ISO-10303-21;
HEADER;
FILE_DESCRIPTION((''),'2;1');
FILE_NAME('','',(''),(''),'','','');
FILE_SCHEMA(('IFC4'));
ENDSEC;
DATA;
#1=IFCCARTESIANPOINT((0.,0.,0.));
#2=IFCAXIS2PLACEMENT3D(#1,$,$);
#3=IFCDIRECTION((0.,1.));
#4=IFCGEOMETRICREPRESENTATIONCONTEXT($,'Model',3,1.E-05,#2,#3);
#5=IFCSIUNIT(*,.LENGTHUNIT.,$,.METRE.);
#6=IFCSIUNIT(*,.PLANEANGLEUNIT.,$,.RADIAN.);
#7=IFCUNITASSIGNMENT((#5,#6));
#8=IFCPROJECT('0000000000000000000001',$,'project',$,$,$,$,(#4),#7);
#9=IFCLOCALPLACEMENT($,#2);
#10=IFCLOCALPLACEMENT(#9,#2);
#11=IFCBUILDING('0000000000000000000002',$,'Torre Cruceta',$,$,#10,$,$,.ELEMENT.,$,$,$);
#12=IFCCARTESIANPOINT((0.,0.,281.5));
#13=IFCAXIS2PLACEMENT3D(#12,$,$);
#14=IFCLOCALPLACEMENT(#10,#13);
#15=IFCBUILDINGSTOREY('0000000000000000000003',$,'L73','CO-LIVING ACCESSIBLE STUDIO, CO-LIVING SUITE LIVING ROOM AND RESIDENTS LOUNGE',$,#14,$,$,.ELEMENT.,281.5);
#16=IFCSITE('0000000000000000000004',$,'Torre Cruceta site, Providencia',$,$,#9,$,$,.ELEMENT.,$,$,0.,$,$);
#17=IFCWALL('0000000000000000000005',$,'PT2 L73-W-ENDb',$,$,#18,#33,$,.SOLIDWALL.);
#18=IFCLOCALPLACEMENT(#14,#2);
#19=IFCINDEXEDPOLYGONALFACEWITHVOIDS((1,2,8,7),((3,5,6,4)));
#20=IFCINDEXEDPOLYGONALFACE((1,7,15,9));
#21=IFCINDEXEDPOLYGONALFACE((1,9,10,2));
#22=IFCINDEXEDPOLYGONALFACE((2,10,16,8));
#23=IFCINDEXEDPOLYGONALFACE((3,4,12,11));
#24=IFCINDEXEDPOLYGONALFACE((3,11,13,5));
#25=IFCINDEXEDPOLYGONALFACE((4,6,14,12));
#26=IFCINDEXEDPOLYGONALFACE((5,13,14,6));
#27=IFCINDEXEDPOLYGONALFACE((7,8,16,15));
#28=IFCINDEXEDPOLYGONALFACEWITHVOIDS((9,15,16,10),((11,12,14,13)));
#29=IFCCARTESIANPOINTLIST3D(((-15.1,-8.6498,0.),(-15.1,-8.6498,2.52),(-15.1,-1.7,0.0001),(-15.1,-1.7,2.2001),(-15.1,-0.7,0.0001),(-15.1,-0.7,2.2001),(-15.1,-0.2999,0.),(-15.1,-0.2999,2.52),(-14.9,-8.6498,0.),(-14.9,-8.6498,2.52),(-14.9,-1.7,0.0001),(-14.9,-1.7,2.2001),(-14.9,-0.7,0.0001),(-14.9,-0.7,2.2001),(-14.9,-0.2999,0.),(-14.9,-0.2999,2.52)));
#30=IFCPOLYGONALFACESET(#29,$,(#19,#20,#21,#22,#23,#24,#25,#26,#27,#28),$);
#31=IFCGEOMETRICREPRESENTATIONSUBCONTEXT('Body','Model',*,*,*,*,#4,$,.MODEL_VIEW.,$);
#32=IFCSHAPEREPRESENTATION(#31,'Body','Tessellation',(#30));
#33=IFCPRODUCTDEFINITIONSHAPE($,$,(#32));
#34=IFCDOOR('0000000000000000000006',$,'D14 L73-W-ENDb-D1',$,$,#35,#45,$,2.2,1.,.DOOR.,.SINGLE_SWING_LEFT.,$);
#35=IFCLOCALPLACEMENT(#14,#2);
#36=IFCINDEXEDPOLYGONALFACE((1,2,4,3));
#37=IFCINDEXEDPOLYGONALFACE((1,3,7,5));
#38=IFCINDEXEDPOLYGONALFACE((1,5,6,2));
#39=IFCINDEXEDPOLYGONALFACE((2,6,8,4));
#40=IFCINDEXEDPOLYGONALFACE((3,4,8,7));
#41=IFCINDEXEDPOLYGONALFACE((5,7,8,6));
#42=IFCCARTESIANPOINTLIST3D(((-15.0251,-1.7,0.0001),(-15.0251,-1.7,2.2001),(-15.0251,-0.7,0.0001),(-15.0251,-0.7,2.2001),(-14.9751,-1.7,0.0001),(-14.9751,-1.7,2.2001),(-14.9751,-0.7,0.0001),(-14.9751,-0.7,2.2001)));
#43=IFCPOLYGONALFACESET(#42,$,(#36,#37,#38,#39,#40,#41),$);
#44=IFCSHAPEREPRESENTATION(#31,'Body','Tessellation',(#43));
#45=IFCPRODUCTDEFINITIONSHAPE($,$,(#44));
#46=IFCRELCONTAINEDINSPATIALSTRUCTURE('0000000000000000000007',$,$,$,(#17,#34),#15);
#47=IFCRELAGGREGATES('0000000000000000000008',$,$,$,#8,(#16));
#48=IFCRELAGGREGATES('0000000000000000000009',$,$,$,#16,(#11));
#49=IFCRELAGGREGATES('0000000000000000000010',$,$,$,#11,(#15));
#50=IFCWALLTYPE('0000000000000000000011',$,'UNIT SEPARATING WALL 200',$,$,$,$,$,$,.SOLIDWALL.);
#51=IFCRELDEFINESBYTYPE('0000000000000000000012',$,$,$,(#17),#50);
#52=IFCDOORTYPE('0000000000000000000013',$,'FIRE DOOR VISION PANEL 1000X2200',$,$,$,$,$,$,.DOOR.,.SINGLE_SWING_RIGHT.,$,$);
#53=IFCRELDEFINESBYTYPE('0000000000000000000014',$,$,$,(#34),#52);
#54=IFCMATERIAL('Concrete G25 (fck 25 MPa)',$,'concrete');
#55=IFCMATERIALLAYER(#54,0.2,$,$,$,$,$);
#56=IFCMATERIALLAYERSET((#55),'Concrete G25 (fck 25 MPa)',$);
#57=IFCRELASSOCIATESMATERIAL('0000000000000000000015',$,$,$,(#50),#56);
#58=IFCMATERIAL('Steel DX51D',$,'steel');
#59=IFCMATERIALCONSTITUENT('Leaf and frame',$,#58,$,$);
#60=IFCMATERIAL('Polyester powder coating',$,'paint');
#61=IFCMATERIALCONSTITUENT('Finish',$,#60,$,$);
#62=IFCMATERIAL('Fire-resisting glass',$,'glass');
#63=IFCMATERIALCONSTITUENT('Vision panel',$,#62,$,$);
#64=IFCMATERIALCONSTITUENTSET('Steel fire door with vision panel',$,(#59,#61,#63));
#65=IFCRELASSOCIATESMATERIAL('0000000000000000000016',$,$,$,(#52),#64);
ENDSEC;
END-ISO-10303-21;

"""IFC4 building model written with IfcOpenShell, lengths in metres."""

from ifc_helpers import new_model, si_unit, direction, frame, frame_2d, origin, place, context, subcontext, project, spatial, rectangle, extrude, material, layer, layer_set, constituent, constituent_set, type_object, element, fill, save


model = new_model("IFC4")

# Units and contexts
model_context = context("Model", 3, precision=1e-05, world=origin(), true_north=direction((0.0, 1.0)))
body_context = subcontext(model_context, "Body", "Model", "MODEL_VIEW")
ifc_project = project(units=[si_unit("LENGTHUNIT", "METRE"), si_unit("PLANEANGLEUNIT", "RADIAN")], contexts=[model_context])

# Site, building, storey
site_placement = place(None, origin())
site = spatial("IfcSite", under=ifc_project, at=site_placement, Name="Torre Cruceta site, Providencia", CompositionType="ELEMENT", RefElevation=0.0)
building_placement = place(site_placement, origin())
building = spatial("IfcBuilding", under=site, at=building_placement, Name="Torre Cruceta", CompositionType="ELEMENT")
storey_placement = place(building_placement, frame((0.0, 0.0, 281.5)))
storey = spatial("IfcBuildingStorey", under=building, at=storey_placement, Name="L73", Description="CO-LIVING ACCESSIBLE STUDIO, CO-LIVING SUITE LIVING ROOM AND RESIDENTS LOUNGE", CompositionType="ELEMENT", Elevation=281.5)

# Wall, opening, door
ifc_material_1 = material(Name="Concrete G25 (fck 25 MPa)", Category="concrete")
ifc_layer_1 = layer(ifc_material_1, 0.2)
ifc_layer_set_1 = layer_set([ifc_layer_1], Name="Concrete G25 (fck 25 MPa)")
wall_type_1 = type_object("IfcWallType", Name="UNIT SEPARATING WALL 200", PredefinedType="SOLIDWALL", material=ifc_layer_set_1)
wall_1_placement = place(storey_placement, frame((-15.0, -0.3, 0.0), z_axis=(0.0, 0.0, 1.0), x_axis=(0.0, -1.0, 0.0)))
wall_1 = element("IfcWall", 1, at=wall_1_placement, inside=storey, type_object=wall_type_1, Name="PT2 L73-W-ENDb", PredefinedType="SOLIDWALL", context=body_context, shape_type="SweptSolid", body=[
    extrude(rectangle(XDim=8.3499, YDim=0.2, at=frame_2d((4.1748, 0.0))), origin(), (0.0, 0.0, 1.0), 2.52),
])
opening_1_placement = place(wall_1_placement, frame((0.3999, 0.0, 0.0)))
opening_1 = element("IfcOpeningElement", 2, at=opening_1_placement, cuts=wall_1, PredefinedType="OPENING", context=body_context, shape_type="SweptSolid", body=[
    extrude(rectangle(XDim=1.0, YDim=2.2, at=frame_2d((0.5, 1.1001))), frame((0.0, 0.1099, 0.0), z_axis=(0.0, -1.0, 0.0), x_axis=(1.0, 0.0, 0.0)), (0.0, 0.0, 1.0), 0.22),
])
ifc_material_2 = material(Name="Steel DX51D", Category="steel")
ifc_constituent_1 = constituent(ifc_material_2, Name="Leaf and frame")
ifc_material_3 = material(Name="Polyester powder coating", Category="paint")
ifc_constituent_2 = constituent(ifc_material_3, Name="Finish")
ifc_material_4 = material(Name="Fire-resisting glass", Category="glass")
ifc_constituent_3 = constituent(ifc_material_4, Name="Vision panel")
ifc_constituent_set_1 = constituent_set(constituents=[ifc_constituent_1, ifc_constituent_2, ifc_constituent_3], Name="Steel fire door with vision panel")
door_type_1 = type_object("IfcDoorType", Name="FIRE DOOR VISION PANEL 1000X2200", OperationType="SINGLE_SWING_RIGHT", PredefinedType="DOOR", material=ifc_constituent_set_1)
door_1_placement = place(opening_1_placement, frame((1.0, 0.0, 0.0), z_axis=(0.0, 0.0, 1.0), x_axis=(-1.0, 0.0, 0.0)))
door_1 = element("IfcDoor", 3, at=door_1_placement, inside=storey, type_object=door_type_1, Name="D14 L73-W-ENDb-D1", OperationType="SINGLE_SWING_LEFT", OverallHeight=2.2, OverallWidth=1.0, PredefinedType="DOOR", context=body_context, shape_type="SweptSolid", body=[
    extrude(rectangle(XDim=1.0, YDim=2.2, at=frame_2d((0.5, 1.1001))), frame((0.0, 0.0251, 0.0), z_axis=(0.0, -1.0, 0.0), x_axis=(1.0, 0.0, 0.0)), (0.0, 0.0, 1.0), 0.05),
])
fill(opening_1, door_1)

save(model, "model.ifc")
